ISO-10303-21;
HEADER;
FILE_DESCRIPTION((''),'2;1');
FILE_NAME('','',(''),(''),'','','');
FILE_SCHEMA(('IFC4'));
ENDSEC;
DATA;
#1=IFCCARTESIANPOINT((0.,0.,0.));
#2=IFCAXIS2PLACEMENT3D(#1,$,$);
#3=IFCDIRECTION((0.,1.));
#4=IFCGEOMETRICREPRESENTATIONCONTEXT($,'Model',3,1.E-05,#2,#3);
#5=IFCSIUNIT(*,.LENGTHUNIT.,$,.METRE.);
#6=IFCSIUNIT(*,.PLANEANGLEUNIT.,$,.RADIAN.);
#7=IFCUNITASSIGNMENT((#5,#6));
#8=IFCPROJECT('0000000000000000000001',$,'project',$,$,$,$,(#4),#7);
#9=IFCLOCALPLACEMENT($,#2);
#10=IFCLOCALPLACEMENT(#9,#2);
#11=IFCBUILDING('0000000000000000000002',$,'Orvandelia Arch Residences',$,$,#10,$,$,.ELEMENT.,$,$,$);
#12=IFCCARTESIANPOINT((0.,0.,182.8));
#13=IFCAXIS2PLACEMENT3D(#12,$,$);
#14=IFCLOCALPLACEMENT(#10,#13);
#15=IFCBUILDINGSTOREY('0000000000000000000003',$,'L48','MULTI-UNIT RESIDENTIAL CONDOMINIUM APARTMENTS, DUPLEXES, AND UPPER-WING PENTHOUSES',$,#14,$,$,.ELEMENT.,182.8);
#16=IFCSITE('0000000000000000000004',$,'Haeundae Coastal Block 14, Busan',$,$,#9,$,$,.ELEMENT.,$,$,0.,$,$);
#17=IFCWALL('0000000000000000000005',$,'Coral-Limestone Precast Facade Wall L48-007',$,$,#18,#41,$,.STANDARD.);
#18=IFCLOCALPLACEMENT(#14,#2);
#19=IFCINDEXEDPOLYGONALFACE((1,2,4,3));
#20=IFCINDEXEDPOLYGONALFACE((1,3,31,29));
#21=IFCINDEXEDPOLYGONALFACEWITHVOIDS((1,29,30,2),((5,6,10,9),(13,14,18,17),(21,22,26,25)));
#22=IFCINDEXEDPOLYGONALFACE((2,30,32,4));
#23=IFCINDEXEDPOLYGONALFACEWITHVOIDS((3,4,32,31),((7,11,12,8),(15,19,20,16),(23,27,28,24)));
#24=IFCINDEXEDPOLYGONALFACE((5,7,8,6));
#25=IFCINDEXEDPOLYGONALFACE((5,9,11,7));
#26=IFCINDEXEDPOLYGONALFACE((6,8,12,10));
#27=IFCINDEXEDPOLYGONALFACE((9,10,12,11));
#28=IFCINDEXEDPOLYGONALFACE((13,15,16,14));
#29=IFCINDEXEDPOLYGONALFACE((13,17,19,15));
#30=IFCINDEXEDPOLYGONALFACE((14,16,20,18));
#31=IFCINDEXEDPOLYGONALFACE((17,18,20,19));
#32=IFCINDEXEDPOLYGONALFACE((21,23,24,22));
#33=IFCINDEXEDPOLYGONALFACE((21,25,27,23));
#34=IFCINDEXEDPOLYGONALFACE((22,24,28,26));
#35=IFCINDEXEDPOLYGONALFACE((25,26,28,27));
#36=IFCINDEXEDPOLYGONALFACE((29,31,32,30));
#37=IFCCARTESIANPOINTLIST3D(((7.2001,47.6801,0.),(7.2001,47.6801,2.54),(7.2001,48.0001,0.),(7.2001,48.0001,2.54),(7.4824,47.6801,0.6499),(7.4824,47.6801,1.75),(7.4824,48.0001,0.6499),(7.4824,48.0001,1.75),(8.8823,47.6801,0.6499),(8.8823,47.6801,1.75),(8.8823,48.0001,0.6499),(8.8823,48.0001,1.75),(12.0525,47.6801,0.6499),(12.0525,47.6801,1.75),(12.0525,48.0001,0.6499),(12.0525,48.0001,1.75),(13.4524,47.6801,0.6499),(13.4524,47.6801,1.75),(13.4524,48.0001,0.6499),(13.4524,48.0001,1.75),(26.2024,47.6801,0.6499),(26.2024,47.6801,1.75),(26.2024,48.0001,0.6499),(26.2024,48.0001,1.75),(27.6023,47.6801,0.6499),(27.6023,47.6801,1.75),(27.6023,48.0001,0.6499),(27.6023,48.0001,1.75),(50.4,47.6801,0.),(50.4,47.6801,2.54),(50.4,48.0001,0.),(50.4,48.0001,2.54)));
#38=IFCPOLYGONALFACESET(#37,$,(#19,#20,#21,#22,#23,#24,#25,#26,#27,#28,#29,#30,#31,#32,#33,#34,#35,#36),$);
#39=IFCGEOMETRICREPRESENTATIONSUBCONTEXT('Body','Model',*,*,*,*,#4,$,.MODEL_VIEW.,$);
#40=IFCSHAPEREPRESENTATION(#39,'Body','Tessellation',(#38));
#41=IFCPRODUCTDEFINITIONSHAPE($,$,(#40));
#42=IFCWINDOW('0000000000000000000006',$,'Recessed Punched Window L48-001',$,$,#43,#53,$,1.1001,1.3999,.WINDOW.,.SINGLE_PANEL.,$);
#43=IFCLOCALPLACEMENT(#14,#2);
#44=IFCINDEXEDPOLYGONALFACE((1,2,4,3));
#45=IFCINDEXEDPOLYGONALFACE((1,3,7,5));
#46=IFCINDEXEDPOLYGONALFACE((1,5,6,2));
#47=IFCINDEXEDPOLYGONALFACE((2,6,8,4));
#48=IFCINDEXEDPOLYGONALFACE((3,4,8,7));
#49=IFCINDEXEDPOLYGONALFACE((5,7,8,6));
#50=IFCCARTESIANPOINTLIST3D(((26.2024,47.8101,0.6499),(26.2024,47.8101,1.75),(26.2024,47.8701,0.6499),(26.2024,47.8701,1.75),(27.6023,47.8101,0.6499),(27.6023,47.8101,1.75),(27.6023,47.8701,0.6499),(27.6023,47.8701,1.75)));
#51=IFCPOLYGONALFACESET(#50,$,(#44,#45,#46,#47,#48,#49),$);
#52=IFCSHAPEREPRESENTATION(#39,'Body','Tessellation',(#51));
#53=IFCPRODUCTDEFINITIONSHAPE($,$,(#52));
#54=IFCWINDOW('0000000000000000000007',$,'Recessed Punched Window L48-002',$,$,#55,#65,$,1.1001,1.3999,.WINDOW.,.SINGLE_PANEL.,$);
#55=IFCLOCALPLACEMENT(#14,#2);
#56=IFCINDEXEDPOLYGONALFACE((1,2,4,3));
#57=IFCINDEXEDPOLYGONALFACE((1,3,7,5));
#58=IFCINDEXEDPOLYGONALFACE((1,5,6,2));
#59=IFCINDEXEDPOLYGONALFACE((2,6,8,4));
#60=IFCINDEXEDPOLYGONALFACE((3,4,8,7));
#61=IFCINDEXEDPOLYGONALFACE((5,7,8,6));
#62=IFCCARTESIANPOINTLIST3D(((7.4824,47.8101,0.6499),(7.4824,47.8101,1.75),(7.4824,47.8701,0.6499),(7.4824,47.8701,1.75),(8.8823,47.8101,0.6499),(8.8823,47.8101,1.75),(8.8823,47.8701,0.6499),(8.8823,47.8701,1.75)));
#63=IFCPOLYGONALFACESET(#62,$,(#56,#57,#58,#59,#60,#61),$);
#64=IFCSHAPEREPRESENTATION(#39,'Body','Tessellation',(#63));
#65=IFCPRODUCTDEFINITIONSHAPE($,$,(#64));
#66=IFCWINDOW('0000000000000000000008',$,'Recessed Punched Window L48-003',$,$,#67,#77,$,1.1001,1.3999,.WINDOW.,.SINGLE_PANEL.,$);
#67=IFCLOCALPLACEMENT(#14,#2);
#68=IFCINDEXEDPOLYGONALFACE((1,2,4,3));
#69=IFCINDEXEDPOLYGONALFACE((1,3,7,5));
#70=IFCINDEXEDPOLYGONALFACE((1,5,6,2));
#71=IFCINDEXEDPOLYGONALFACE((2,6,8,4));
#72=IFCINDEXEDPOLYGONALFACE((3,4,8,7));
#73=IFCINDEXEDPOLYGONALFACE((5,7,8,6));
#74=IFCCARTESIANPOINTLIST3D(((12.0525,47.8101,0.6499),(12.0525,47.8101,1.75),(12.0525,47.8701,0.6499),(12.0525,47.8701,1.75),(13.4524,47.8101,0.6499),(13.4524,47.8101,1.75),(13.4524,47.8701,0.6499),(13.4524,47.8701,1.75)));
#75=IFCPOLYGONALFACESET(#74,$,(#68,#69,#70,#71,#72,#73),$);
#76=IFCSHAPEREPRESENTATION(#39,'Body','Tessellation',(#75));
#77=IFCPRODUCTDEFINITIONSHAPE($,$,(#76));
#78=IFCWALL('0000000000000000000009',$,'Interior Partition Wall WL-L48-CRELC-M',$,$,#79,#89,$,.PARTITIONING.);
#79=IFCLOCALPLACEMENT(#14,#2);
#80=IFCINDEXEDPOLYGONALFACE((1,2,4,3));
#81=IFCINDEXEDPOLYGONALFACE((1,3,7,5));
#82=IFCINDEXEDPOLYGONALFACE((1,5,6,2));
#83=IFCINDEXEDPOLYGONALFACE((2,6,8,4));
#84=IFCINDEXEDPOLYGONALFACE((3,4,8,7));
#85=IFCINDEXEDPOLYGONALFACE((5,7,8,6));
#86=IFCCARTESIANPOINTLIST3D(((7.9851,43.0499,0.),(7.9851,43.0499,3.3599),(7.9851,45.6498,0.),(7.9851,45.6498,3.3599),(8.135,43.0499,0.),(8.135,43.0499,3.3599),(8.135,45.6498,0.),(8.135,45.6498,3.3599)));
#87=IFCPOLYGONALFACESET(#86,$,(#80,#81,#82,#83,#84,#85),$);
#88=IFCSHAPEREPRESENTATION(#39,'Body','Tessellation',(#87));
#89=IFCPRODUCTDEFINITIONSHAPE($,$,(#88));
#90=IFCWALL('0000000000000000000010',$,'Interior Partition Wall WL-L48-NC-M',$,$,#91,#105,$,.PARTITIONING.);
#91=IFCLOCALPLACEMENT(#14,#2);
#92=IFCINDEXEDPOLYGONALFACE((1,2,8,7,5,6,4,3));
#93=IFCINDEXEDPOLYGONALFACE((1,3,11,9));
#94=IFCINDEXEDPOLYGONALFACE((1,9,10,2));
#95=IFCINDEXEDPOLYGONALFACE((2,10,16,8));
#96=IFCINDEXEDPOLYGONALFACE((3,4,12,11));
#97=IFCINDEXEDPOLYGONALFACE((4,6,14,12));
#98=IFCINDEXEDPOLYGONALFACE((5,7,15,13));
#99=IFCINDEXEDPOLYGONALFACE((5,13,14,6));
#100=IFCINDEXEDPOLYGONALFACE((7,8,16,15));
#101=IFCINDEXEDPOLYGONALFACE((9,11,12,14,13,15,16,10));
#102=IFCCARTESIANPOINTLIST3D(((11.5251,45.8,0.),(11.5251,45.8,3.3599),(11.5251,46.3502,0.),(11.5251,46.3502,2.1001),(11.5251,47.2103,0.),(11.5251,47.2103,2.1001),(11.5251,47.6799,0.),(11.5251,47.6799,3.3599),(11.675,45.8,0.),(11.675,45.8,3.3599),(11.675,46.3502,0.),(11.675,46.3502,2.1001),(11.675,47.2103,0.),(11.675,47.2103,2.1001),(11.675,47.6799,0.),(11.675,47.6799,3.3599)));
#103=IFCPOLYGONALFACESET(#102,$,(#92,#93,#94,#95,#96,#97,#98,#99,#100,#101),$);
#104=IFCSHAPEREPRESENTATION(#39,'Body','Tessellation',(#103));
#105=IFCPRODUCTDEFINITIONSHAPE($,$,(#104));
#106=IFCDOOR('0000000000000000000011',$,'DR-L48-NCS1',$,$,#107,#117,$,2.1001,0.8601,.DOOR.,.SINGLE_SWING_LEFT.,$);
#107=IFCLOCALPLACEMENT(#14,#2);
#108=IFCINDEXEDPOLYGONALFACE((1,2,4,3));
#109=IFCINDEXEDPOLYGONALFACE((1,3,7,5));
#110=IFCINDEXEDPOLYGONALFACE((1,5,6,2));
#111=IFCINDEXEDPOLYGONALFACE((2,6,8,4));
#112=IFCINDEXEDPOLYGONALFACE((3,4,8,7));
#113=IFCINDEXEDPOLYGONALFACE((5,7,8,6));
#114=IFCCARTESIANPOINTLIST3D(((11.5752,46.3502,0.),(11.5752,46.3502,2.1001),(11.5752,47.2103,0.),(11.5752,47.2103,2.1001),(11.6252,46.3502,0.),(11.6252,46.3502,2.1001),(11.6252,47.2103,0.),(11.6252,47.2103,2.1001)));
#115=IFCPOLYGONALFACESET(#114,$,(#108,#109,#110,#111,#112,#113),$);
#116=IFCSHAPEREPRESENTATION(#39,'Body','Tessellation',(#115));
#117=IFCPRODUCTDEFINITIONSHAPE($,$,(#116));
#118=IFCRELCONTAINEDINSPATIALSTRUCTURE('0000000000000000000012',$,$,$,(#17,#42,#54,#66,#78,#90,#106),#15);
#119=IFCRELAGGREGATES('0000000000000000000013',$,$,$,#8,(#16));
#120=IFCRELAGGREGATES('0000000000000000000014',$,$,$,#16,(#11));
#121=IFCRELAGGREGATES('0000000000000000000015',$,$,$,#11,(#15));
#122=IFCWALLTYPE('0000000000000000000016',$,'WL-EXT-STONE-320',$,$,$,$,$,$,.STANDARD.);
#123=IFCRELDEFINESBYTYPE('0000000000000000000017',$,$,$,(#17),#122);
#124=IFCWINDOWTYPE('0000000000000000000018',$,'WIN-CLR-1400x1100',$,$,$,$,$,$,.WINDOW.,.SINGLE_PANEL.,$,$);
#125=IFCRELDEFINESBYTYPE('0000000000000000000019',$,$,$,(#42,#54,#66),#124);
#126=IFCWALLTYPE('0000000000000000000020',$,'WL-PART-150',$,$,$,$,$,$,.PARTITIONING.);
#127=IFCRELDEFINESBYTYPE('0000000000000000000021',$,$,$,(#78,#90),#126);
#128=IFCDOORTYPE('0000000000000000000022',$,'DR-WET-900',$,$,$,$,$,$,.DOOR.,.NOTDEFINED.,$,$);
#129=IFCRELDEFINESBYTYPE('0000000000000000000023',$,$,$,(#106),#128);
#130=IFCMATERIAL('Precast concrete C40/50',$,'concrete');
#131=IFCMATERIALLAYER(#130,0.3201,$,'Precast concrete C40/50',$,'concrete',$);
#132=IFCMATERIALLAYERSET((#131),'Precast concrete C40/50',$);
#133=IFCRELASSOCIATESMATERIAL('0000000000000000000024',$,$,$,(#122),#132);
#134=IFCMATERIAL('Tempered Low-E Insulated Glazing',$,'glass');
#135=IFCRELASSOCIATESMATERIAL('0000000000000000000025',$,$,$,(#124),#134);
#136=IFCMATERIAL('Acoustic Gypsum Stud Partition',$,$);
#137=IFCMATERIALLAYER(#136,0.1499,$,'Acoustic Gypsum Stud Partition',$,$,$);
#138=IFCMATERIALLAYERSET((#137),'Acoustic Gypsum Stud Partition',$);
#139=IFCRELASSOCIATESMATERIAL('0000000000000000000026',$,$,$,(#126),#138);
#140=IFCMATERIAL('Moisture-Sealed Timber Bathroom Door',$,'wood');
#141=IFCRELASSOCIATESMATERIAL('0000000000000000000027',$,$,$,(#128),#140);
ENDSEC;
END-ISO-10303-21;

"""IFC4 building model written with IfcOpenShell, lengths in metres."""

from ifc_helpers import new_model, si_unit, direction, frame, frame_2d, origin, place, context, subcontext, project, spatial, rectangle, extrude, material, layer, layer_set, type_object, element, fill, save


model = new_model("IFC4")

# Units and contexts
model_context = context("Model", 3, precision=1e-05, world=origin(), true_north=direction((0.0, 1.0)))
body_context = subcontext(model_context, "Body", "Model", "MODEL_VIEW")
ifc_project = project(units=[si_unit("LENGTHUNIT", "METRE"), si_unit("PLANEANGLEUNIT", "RADIAN")], contexts=[model_context])

# Site, building, storey
site_placement = place(None, origin())
site = spatial("IfcSite", under=ifc_project, at=site_placement, Name="Haeundae Coastal Block 14, Busan", CompositionType="ELEMENT", RefElevation=0.0)
building_placement = place(site_placement, origin())
building = spatial("IfcBuilding", under=site, at=building_placement, Name="Orvandelia Arch Residences", CompositionType="ELEMENT")
storey_placement = place(building_placement, frame((0.0, 0.0, 182.8)))
storey = spatial("IfcBuildingStorey", under=building, at=storey_placement, Name="L48", Description="MULTI-UNIT RESIDENTIAL CONDOMINIUM APARTMENTS, DUPLEXES, AND UPPER-WING PENTHOUSES", CompositionType="ELEMENT", Elevation=182.8)

# Wall, openings, windows
ifc_material_1 = material(Name="Precast concrete C40/50", Category="concrete")
ifc_layer_1 = layer(ifc_material_1, 0.3201, Name="Precast concrete C40/50", Category="concrete")
ifc_layer_set_1 = layer_set([ifc_layer_1], Name="Precast concrete C40/50")
wall_type_1 = type_object("IfcWallType", Name="WL-EXT-STONE-320", PredefinedType="STANDARD", material=ifc_layer_set_1)
wall_1_placement = place(storey_placement, frame((7.2, 47.8401, 0.0), z_axis=(0.0, 0.0, 1.0), x_axis=(1.0, 0.0, 0.0)))
wall_1 = element("IfcWall", 1, at=wall_1_placement, inside=storey, type_object=wall_type_1, Name="Coral-Limestone Precast Facade Wall L48-007", PredefinedType="STANDARD", context=body_context, shape_type="SweptSolid", body=[
    extrude(rectangle(XDim=43.2, YDim=0.3201, at=frame_2d((21.6001, 0.0))), origin(), (0.0, 0.0, 1.0), 2.54),
])
opening_1_placement = place(wall_1_placement, frame((19.0024, 0.0, 0.6499)))
opening_1 = element("IfcOpeningElement", 2, at=opening_1_placement, cuts=wall_1, PredefinedType="OPENING", context=body_context, shape_type="SweptSolid", body=[
    extrude(rectangle(XDim=1.3999, YDim=1.1001, at=frame_2d((0.7, 0.55))), frame((0.0, 0.1699, 0.0), z_axis=(0.0, -1.0, 0.0), x_axis=(1.0, 0.0, 0.0)), (0.0, 0.0, 1.0), 0.3401),
])
opening_2_placement = place(wall_1_placement, frame((0.2825, 0.0, 0.6499)))
opening_2 = element("IfcOpeningElement", 3, at=opening_2_placement, cuts=wall_1, PredefinedType="OPENING", context=body_context, shape_type="SweptSolid", body=[
    extrude(rectangle(XDim=1.3999, YDim=1.1001, at=frame_2d((0.7, 0.55))), frame((0.0, 0.1699, 0.0), z_axis=(0.0, -1.0, 0.0), x_axis=(1.0, 0.0, 0.0)), (0.0, 0.0, 1.0), 0.3401),
])
opening_3_placement = place(wall_1_placement, frame((4.8525, 0.0, 0.6499)))
opening_3 = element("IfcOpeningElement", 4, at=opening_3_placement, cuts=wall_1, PredefinedType="OPENING", context=body_context, shape_type="SweptSolid", body=[
    extrude(rectangle(XDim=1.3999, YDim=1.1001, at=frame_2d((0.7, 0.55))), frame((0.0, 0.1699, 0.0), z_axis=(0.0, -1.0, 0.0), x_axis=(1.0, 0.0, 0.0)), (0.0, 0.0, 1.0), 0.3401),
])
ifc_material_2 = material(Name="Tempered Low-E Insulated Glazing", Category="glass")
window_type = type_object("IfcWindowType", Name="WIN-CLR-1400x1100", PartitioningType="SINGLE_PANEL", PredefinedType="WINDOW", material=ifc_material_2)
window_1_placement = place(opening_1_placement, origin())
window_1 = element("IfcWindow", 5, at=window_1_placement, inside=storey, type_object=window_type, Name="Recessed Punched Window L48-001", OverallHeight=1.1001, OverallWidth=1.3999, PartitioningType="SINGLE_PANEL", PredefinedType="WINDOW", context=body_context, shape_type="SweptSolid", body=[
    extrude(rectangle(XDim=1.3999, YDim=1.1001, at=frame_2d((0.7, 0.55))), frame((0.0, 0.03, 0.0), z_axis=(0.0, -1.0, 0.0), x_axis=(1.0, 0.0, 0.0)), (0.0, 0.0, 1.0), 0.0601),
])
fill(opening_1, window_1)
window_2_placement = place(opening_2_placement, origin())
window_2 = element("IfcWindow", 6, at=window_2_placement, inside=storey, type_object=window_type, Name="Recessed Punched Window L48-002", OverallHeight=1.1001, OverallWidth=1.3999, PartitioningType="SINGLE_PANEL", PredefinedType="WINDOW", context=body_context, shape_type="SweptSolid", body=[
    extrude(rectangle(XDim=1.3999, YDim=1.1001, at=frame_2d((0.7, 0.55))), frame((0.0, 0.03, 0.0), z_axis=(0.0, -1.0, 0.0), x_axis=(1.0, 0.0, 0.0)), (0.0, 0.0, 1.0), 0.0601),
])
fill(opening_2, window_2)
window_3_placement = place(opening_3_placement, origin())
window_3 = element("IfcWindow", 7, at=window_3_placement, inside=storey, type_object=window_type, Name="Recessed Punched Window L48-003", OverallHeight=1.1001, OverallWidth=1.3999, PartitioningType="SINGLE_PANEL", PredefinedType="WINDOW", context=body_context, shape_type="SweptSolid", body=[
    extrude(rectangle(XDim=1.3999, YDim=1.1001, at=frame_2d((0.7, 0.55))), frame((0.0, 0.03, 0.0), z_axis=(0.0, -1.0, 0.0), x_axis=(1.0, 0.0, 0.0)), (0.0, 0.0, 1.0), 0.0601),
])
fill(opening_3, window_3)

# Wall
ifc_material_3 = material(Name="Acoustic Gypsum Stud Partition")
ifc_layer_2 = layer(ifc_material_3, 0.1499, Name="Acoustic Gypsum Stud Partition")
ifc_layer_set_2 = layer_set([ifc_layer_2], Name="Acoustic Gypsum Stud Partition")
wall_type_2 = type_object("IfcWallType", Name="WL-PART-150", PredefinedType="PARTITIONING", material=ifc_layer_set_2)
wall_2_placement = place(storey_placement, frame((8.0601, 43.05, 0.0), z_axis=(0.0, 0.0, 1.0), x_axis=(0.0, 1.0, 0.0)))
element("IfcWall", 8, at=wall_2_placement, inside=storey, type_object=wall_type_2, Name="Interior Partition Wall WL-L48-CRELC-M", PredefinedType="PARTITIONING", context=body_context, shape_type="SweptSolid", body=[
    extrude(rectangle(XDim=2.5999, YDim=0.1499, at=frame_2d((1.2998, 0.0))), origin(), (0.0, 0.0, 1.0), 3.3599),
])

# Wall, opening, door
wall_3_placement = place(storey_placement, frame((11.6001, 45.8, 0.0), z_axis=(0.0, 0.0, 1.0), x_axis=(0.0, 1.0, 0.0)))
wall_3 = element("IfcWall", 9, at=wall_3_placement, inside=storey, type_object=wall_type_2, Name="Interior Partition Wall WL-L48-NC-M", PredefinedType="PARTITIONING", context=body_context, shape_type="SweptSolid", body=[
    extrude(rectangle(XDim=1.8799, YDim=0.1499, at=frame_2d((0.9399, 0.0))), origin(), (0.0, 0.0, 1.0), 3.3599),
])
opening_4_placement = place(wall_3_placement, frame((0.55, 0.0, 0.0)))
opening_4 = element("IfcOpeningElement", 10, at=opening_4_placement, cuts=wall_3, PredefinedType="OPENING", context=body_context, shape_type="SweptSolid", body=[
    extrude(rectangle(XDim=0.8601, YDim=2.1001, at=frame_2d((0.4302, 1.05))), frame((0.0, 0.085, 0.0), z_axis=(0.0, -1.0, 0.0), x_axis=(1.0, 0.0, 0.0)), (0.0, 0.0, 1.0), 0.1699),
])
ifc_material_4 = material(Name="Moisture-Sealed Timber Bathroom Door", Category="wood")
door_type_1 = type_object("IfcDoorType", Name="DR-WET-900", OperationType="NOTDEFINED", PredefinedType="DOOR", material=ifc_material_4)
door_1_placement = place(opening_4_placement, origin())
door_1 = element("IfcDoor", 11, at=door_1_placement, inside=storey, type_object=door_type_1, Name="DR-L48-NCS1", OperationType="SINGLE_SWING_LEFT", OverallHeight=2.1001, OverallWidth=0.8601, PredefinedType="DOOR", context=body_context, shape_type="SweptSolid", body=[
    extrude(rectangle(XDim=0.8601, YDim=2.1001, at=frame_2d((0.4302, 1.05))), frame((0.0, 0.0249, 0.0), z_axis=(0.0, -1.0, 0.0), x_axis=(1.0, 0.0, 0.0)), (0.0, 0.0, 1.0), 0.05),
])
fill(opening_4, door_1)

save(model, "model.ifc")
